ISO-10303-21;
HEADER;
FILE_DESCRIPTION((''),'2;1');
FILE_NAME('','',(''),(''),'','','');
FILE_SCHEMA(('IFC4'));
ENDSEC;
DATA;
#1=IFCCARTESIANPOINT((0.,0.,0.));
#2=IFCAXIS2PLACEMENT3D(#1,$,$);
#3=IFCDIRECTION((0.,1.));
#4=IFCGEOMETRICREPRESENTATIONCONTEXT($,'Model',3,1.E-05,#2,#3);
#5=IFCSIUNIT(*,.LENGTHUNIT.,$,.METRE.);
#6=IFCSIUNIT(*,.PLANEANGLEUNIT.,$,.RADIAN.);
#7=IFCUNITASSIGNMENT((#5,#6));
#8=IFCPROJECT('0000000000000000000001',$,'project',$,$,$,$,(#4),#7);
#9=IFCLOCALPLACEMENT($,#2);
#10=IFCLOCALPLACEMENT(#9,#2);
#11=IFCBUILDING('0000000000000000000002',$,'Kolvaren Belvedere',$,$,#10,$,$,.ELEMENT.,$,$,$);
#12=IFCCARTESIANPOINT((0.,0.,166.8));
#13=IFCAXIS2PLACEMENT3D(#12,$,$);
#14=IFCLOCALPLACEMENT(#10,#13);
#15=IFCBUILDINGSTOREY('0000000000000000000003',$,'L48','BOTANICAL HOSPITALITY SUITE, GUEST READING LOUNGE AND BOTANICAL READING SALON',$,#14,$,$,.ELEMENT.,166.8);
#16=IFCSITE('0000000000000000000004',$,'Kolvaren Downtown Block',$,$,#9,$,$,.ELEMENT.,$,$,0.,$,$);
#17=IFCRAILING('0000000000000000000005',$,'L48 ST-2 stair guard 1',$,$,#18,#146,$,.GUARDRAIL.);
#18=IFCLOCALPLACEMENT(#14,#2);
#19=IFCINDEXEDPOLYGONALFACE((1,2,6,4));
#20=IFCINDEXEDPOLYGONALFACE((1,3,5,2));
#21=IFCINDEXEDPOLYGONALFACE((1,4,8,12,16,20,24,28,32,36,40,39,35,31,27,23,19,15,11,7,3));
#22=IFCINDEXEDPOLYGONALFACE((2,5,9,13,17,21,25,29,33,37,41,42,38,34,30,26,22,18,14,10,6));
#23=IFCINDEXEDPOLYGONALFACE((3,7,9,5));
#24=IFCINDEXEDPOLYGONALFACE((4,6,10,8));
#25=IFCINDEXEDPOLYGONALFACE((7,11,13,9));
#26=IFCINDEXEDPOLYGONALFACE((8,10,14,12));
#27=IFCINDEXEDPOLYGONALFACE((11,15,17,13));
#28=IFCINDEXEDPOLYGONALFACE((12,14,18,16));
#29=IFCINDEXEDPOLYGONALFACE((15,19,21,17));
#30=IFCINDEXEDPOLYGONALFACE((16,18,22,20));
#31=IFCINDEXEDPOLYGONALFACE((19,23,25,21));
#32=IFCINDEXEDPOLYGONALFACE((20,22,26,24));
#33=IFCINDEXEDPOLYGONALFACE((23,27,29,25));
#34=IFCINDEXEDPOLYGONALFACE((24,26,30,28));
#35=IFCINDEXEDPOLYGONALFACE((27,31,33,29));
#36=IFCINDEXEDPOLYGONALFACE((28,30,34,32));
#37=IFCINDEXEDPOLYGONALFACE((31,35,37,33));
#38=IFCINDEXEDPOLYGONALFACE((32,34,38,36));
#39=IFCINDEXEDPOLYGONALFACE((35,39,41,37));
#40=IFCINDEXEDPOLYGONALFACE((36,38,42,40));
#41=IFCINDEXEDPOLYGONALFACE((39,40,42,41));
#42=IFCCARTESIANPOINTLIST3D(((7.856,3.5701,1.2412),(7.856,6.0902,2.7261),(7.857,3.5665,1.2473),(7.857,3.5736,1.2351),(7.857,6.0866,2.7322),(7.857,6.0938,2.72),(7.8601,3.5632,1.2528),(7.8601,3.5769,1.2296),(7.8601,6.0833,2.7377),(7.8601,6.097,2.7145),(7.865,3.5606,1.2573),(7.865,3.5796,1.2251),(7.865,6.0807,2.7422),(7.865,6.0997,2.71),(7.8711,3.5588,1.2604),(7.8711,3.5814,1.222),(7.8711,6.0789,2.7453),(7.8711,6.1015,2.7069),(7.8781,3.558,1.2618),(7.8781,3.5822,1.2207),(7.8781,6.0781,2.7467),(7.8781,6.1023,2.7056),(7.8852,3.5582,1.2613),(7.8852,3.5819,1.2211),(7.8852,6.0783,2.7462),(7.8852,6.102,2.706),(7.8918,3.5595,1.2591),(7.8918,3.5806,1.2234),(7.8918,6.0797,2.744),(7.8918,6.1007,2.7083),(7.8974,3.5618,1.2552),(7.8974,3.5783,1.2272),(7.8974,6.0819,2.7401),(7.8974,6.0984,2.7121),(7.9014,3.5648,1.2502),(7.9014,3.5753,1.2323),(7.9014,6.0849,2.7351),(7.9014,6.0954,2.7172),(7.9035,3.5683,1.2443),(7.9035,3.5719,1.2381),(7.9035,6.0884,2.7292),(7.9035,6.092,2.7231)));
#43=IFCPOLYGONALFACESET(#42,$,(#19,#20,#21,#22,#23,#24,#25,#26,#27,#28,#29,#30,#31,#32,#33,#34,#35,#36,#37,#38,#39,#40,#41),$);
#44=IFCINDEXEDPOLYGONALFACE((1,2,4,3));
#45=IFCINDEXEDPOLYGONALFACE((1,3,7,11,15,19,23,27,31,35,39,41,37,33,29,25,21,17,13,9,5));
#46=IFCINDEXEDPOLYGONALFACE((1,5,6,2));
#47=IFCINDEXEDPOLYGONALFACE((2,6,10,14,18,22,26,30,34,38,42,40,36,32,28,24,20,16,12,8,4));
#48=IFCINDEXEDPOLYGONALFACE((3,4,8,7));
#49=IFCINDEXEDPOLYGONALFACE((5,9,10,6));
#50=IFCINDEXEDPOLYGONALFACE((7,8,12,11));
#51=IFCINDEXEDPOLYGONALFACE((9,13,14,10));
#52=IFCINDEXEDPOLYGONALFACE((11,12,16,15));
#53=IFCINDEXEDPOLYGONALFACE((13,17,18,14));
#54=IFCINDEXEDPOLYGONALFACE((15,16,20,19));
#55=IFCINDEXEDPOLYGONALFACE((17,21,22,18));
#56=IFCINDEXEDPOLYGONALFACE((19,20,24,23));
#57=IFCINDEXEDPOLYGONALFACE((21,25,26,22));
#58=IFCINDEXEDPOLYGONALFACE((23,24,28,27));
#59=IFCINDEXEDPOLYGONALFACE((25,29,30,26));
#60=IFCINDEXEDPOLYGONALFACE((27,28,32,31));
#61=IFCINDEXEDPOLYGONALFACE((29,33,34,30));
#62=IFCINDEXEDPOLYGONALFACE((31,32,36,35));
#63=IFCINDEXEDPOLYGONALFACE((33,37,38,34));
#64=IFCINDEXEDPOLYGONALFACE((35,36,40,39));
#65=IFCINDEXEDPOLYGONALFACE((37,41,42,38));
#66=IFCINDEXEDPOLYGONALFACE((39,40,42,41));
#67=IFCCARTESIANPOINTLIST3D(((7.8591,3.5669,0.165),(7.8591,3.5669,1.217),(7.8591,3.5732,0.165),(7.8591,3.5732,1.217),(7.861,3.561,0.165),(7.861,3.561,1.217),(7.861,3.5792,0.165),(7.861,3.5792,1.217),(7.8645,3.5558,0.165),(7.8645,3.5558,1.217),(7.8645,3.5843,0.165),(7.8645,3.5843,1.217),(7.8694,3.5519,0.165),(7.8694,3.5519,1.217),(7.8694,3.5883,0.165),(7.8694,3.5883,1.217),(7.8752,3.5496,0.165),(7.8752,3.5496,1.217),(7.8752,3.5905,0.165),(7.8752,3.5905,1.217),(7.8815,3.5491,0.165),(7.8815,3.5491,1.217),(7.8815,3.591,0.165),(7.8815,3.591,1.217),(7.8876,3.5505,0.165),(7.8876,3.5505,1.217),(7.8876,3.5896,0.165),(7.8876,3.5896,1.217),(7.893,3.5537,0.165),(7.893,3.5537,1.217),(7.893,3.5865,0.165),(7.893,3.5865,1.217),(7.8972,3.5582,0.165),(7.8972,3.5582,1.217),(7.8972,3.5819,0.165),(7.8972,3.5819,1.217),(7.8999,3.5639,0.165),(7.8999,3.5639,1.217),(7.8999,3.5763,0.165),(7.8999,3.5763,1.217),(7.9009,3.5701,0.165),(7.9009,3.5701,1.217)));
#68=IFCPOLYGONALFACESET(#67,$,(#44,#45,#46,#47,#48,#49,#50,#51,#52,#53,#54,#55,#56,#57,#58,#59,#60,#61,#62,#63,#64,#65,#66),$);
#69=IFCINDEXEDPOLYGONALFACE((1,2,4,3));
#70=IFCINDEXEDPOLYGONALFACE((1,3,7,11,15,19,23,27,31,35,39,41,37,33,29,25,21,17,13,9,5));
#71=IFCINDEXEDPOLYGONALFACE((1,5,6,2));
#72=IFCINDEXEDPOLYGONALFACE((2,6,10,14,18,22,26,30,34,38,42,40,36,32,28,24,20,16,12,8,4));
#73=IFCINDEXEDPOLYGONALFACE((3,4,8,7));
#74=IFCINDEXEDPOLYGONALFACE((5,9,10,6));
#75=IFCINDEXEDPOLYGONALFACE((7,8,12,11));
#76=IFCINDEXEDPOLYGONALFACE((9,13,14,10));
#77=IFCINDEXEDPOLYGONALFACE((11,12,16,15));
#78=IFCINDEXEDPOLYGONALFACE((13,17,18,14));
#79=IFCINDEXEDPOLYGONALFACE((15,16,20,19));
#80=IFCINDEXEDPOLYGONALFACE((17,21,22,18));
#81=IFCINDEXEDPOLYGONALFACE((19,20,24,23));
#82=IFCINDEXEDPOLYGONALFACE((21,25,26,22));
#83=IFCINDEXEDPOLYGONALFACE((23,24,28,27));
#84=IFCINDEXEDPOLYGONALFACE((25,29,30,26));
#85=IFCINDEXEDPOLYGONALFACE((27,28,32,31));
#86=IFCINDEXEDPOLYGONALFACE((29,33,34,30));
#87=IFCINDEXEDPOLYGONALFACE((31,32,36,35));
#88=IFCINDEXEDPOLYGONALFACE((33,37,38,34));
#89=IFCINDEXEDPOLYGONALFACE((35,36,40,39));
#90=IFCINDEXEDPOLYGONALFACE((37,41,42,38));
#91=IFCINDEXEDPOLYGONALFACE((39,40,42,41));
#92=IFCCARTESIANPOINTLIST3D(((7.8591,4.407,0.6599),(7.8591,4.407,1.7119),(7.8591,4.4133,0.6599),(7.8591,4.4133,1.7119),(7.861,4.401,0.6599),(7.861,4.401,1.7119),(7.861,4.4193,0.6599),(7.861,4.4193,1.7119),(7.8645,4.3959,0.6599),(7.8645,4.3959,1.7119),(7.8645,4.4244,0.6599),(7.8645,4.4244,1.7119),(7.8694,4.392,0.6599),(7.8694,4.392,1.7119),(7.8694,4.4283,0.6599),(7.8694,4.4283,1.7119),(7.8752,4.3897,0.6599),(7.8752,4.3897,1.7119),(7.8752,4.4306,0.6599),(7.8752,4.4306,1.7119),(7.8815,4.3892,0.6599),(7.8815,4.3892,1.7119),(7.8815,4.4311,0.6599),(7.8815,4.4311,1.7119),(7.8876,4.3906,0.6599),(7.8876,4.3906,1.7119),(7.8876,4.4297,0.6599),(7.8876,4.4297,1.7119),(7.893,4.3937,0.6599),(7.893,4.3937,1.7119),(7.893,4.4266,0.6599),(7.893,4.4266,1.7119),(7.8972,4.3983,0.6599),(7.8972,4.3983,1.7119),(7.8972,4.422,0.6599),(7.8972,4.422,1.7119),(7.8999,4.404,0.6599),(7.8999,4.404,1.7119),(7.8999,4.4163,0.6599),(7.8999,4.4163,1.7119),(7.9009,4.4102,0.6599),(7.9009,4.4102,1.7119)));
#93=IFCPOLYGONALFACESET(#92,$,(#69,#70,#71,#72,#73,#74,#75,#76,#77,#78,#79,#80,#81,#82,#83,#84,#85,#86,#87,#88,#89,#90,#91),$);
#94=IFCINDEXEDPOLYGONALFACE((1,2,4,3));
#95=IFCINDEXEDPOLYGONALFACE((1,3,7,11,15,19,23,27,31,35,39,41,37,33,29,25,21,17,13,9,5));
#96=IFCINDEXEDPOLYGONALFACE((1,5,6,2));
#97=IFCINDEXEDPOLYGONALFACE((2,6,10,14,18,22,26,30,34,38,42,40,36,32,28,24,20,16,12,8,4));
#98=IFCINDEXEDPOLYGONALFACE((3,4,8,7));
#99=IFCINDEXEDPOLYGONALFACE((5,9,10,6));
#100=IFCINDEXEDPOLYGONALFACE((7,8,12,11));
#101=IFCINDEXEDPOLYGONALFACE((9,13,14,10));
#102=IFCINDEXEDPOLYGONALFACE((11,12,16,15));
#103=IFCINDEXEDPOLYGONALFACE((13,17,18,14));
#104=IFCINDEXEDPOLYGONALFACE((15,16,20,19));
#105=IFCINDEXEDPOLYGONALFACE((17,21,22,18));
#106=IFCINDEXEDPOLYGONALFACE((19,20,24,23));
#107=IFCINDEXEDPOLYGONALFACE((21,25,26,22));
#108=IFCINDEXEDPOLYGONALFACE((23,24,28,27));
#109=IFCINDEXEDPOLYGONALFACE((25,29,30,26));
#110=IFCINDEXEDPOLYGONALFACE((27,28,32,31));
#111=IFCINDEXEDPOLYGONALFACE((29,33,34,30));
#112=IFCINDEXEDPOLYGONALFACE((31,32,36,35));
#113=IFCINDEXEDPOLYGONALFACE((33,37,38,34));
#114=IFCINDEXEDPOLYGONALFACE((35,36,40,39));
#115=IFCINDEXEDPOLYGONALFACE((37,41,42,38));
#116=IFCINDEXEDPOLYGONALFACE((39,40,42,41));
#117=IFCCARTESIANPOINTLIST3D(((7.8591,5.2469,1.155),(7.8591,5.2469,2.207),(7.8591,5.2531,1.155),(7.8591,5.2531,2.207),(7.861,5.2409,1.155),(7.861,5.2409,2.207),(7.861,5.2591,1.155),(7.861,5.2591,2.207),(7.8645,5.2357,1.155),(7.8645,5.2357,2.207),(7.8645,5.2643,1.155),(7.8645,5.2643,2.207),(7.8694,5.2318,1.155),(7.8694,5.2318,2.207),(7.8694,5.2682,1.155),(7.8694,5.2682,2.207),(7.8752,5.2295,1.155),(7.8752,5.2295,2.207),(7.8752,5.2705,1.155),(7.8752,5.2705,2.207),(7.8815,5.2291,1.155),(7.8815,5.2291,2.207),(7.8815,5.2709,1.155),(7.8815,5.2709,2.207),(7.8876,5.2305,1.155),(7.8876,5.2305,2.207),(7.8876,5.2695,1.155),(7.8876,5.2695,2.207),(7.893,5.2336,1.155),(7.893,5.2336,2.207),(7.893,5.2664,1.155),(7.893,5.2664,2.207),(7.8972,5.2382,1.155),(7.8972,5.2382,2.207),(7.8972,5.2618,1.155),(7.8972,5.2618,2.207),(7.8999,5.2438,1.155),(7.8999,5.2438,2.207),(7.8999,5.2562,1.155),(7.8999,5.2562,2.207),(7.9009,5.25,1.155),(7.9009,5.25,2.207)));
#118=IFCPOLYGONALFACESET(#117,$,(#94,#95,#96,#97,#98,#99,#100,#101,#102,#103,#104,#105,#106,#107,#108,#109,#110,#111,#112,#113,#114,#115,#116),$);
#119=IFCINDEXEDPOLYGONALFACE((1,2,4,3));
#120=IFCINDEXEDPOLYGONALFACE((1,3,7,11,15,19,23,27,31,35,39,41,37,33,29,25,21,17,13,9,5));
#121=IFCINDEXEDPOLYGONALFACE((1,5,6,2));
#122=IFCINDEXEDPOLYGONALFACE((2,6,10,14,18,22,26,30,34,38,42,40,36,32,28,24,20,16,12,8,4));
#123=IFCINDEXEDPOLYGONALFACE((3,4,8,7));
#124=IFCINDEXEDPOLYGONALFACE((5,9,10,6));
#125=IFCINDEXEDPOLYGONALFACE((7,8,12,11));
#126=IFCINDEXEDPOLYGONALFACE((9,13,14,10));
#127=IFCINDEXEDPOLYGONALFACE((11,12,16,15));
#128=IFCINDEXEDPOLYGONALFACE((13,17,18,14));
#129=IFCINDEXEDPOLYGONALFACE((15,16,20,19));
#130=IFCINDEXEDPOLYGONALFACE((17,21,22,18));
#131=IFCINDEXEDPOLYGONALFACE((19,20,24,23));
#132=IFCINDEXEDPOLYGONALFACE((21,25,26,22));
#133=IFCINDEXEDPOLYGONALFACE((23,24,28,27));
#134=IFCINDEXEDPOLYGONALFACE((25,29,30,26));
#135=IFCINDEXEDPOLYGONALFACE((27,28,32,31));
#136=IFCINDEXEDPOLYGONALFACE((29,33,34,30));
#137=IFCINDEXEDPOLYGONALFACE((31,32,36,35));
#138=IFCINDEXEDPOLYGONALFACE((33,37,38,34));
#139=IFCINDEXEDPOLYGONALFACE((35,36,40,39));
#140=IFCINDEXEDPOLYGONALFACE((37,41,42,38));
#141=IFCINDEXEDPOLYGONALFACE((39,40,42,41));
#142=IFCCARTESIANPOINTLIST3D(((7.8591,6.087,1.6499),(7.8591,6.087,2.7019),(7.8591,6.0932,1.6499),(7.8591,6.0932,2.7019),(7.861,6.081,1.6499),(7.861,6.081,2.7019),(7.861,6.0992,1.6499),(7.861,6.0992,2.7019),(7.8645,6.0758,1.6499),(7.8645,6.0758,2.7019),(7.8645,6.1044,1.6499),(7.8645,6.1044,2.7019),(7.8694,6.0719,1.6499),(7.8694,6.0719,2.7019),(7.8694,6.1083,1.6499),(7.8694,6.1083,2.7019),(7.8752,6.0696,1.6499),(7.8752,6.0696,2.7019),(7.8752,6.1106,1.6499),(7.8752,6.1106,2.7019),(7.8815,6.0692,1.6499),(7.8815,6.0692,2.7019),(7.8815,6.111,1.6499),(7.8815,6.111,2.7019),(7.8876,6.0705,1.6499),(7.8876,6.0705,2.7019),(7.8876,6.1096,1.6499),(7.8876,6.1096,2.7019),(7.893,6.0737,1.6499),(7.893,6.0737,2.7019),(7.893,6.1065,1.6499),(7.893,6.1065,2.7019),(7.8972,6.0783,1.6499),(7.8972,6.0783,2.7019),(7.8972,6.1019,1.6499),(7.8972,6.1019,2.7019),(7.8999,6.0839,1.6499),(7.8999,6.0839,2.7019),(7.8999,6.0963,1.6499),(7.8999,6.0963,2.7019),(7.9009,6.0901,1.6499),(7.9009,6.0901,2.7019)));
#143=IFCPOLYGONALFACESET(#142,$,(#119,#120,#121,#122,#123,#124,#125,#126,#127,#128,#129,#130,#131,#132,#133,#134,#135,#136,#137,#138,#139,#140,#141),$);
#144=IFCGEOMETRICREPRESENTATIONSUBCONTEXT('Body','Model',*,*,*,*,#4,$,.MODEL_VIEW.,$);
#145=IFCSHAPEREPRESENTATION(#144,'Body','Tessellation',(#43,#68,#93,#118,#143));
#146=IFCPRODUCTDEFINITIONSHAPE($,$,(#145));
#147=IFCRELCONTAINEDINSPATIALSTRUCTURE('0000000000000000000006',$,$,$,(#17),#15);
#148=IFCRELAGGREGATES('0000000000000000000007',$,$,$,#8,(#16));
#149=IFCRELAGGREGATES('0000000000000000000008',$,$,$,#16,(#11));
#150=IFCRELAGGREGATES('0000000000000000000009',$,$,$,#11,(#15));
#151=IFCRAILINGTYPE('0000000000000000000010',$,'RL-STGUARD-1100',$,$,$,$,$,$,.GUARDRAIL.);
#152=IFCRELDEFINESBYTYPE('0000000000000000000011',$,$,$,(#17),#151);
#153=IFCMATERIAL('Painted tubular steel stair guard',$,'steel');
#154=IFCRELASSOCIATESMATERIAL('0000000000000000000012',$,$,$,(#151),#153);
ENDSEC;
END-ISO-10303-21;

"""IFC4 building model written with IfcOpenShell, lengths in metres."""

from ifc_helpers import new_model, si_unit, direction, frame, origin, origin_2d, place, context, subcontext, project, spatial, circle, extrude, material, type_object, element, save


model = new_model("IFC4")

# Units and contexts
model_context = context("Model", 3, precision=1e-05, world=origin(), true_north=direction((0.0, 1.0)))
body_context = subcontext(model_context, "Body", "Model", "MODEL_VIEW")
ifc_project = project(units=[si_unit("LENGTHUNIT", "METRE"), si_unit("PLANEANGLEUNIT", "RADIAN")], contexts=[model_context])

# Site, building, storey
site_placement = place(None, origin())
site = spatial("IfcSite", under=ifc_project, at=site_placement, Name="Kolvaren Downtown Block", CompositionType="ELEMENT", RefElevation=0.0)
building_placement = place(site_placement, origin())
building = spatial("IfcBuilding", under=site, at=building_placement, Name="Kolvaren Belvedere", CompositionType="ELEMENT")
storey_placement = place(building_placement, frame((0.0, 0.0, 166.8)))
storey = spatial("IfcBuildingStorey", under=building, at=storey_placement, Name="L48", Description="BOTANICAL HOSPITALITY SUITE, GUEST READING LOUNGE AND BOTANICAL READING SALON", CompositionType="ELEMENT", Elevation=166.8)

# Railing
ifc_material_1 = material(Name="Painted tubular steel stair guard", Category="steel")
railing_type_1 = type_object("IfcRailingType", Name="RL-STGUARD-1100", PredefinedType="GUARDRAIL", material=ifc_material_1)
railing_1_placement = place(storey_placement, frame((7.8799, 3.5701, 0.165)))
element("IfcRailing", 1, at=railing_1_placement, inside=storey, type_object=railing_type_1, Name="L48 ST-2 stair guard 1", PredefinedType="GUARDRAIL", context=body_context, shape_type="SweptSolid", body=[
    extrude(circle(Radius=0.0239, at=origin_2d()), frame((0.0, 0.0, 1.0762), z_axis=(0.0, 0.861561, 0.507655), x_axis=(-1.0, 0.0, 0.0)), (0.0, 0.0, 1.0), 2.925),
    extrude(circle(Radius=0.021, at=origin_2d()), origin(), (0.0, 0.0, 1.0), 1.052),
    extrude(circle(Radius=0.021, at=origin_2d()), frame((0.0, 0.8401, 0.4949)), (0.0, 0.0, 1.0), 1.052),
    extrude(circle(Radius=0.021, at=origin_2d()), frame((0.0, 1.6799, 0.99)), (0.0, 0.0, 1.0), 1.052),
    extrude(circle(Radius=0.021, at=origin_2d()), frame((0.0, 2.52, 1.4849)), (0.0, 0.0, 1.0), 1.052),
])

save(model, "model.ifc")
